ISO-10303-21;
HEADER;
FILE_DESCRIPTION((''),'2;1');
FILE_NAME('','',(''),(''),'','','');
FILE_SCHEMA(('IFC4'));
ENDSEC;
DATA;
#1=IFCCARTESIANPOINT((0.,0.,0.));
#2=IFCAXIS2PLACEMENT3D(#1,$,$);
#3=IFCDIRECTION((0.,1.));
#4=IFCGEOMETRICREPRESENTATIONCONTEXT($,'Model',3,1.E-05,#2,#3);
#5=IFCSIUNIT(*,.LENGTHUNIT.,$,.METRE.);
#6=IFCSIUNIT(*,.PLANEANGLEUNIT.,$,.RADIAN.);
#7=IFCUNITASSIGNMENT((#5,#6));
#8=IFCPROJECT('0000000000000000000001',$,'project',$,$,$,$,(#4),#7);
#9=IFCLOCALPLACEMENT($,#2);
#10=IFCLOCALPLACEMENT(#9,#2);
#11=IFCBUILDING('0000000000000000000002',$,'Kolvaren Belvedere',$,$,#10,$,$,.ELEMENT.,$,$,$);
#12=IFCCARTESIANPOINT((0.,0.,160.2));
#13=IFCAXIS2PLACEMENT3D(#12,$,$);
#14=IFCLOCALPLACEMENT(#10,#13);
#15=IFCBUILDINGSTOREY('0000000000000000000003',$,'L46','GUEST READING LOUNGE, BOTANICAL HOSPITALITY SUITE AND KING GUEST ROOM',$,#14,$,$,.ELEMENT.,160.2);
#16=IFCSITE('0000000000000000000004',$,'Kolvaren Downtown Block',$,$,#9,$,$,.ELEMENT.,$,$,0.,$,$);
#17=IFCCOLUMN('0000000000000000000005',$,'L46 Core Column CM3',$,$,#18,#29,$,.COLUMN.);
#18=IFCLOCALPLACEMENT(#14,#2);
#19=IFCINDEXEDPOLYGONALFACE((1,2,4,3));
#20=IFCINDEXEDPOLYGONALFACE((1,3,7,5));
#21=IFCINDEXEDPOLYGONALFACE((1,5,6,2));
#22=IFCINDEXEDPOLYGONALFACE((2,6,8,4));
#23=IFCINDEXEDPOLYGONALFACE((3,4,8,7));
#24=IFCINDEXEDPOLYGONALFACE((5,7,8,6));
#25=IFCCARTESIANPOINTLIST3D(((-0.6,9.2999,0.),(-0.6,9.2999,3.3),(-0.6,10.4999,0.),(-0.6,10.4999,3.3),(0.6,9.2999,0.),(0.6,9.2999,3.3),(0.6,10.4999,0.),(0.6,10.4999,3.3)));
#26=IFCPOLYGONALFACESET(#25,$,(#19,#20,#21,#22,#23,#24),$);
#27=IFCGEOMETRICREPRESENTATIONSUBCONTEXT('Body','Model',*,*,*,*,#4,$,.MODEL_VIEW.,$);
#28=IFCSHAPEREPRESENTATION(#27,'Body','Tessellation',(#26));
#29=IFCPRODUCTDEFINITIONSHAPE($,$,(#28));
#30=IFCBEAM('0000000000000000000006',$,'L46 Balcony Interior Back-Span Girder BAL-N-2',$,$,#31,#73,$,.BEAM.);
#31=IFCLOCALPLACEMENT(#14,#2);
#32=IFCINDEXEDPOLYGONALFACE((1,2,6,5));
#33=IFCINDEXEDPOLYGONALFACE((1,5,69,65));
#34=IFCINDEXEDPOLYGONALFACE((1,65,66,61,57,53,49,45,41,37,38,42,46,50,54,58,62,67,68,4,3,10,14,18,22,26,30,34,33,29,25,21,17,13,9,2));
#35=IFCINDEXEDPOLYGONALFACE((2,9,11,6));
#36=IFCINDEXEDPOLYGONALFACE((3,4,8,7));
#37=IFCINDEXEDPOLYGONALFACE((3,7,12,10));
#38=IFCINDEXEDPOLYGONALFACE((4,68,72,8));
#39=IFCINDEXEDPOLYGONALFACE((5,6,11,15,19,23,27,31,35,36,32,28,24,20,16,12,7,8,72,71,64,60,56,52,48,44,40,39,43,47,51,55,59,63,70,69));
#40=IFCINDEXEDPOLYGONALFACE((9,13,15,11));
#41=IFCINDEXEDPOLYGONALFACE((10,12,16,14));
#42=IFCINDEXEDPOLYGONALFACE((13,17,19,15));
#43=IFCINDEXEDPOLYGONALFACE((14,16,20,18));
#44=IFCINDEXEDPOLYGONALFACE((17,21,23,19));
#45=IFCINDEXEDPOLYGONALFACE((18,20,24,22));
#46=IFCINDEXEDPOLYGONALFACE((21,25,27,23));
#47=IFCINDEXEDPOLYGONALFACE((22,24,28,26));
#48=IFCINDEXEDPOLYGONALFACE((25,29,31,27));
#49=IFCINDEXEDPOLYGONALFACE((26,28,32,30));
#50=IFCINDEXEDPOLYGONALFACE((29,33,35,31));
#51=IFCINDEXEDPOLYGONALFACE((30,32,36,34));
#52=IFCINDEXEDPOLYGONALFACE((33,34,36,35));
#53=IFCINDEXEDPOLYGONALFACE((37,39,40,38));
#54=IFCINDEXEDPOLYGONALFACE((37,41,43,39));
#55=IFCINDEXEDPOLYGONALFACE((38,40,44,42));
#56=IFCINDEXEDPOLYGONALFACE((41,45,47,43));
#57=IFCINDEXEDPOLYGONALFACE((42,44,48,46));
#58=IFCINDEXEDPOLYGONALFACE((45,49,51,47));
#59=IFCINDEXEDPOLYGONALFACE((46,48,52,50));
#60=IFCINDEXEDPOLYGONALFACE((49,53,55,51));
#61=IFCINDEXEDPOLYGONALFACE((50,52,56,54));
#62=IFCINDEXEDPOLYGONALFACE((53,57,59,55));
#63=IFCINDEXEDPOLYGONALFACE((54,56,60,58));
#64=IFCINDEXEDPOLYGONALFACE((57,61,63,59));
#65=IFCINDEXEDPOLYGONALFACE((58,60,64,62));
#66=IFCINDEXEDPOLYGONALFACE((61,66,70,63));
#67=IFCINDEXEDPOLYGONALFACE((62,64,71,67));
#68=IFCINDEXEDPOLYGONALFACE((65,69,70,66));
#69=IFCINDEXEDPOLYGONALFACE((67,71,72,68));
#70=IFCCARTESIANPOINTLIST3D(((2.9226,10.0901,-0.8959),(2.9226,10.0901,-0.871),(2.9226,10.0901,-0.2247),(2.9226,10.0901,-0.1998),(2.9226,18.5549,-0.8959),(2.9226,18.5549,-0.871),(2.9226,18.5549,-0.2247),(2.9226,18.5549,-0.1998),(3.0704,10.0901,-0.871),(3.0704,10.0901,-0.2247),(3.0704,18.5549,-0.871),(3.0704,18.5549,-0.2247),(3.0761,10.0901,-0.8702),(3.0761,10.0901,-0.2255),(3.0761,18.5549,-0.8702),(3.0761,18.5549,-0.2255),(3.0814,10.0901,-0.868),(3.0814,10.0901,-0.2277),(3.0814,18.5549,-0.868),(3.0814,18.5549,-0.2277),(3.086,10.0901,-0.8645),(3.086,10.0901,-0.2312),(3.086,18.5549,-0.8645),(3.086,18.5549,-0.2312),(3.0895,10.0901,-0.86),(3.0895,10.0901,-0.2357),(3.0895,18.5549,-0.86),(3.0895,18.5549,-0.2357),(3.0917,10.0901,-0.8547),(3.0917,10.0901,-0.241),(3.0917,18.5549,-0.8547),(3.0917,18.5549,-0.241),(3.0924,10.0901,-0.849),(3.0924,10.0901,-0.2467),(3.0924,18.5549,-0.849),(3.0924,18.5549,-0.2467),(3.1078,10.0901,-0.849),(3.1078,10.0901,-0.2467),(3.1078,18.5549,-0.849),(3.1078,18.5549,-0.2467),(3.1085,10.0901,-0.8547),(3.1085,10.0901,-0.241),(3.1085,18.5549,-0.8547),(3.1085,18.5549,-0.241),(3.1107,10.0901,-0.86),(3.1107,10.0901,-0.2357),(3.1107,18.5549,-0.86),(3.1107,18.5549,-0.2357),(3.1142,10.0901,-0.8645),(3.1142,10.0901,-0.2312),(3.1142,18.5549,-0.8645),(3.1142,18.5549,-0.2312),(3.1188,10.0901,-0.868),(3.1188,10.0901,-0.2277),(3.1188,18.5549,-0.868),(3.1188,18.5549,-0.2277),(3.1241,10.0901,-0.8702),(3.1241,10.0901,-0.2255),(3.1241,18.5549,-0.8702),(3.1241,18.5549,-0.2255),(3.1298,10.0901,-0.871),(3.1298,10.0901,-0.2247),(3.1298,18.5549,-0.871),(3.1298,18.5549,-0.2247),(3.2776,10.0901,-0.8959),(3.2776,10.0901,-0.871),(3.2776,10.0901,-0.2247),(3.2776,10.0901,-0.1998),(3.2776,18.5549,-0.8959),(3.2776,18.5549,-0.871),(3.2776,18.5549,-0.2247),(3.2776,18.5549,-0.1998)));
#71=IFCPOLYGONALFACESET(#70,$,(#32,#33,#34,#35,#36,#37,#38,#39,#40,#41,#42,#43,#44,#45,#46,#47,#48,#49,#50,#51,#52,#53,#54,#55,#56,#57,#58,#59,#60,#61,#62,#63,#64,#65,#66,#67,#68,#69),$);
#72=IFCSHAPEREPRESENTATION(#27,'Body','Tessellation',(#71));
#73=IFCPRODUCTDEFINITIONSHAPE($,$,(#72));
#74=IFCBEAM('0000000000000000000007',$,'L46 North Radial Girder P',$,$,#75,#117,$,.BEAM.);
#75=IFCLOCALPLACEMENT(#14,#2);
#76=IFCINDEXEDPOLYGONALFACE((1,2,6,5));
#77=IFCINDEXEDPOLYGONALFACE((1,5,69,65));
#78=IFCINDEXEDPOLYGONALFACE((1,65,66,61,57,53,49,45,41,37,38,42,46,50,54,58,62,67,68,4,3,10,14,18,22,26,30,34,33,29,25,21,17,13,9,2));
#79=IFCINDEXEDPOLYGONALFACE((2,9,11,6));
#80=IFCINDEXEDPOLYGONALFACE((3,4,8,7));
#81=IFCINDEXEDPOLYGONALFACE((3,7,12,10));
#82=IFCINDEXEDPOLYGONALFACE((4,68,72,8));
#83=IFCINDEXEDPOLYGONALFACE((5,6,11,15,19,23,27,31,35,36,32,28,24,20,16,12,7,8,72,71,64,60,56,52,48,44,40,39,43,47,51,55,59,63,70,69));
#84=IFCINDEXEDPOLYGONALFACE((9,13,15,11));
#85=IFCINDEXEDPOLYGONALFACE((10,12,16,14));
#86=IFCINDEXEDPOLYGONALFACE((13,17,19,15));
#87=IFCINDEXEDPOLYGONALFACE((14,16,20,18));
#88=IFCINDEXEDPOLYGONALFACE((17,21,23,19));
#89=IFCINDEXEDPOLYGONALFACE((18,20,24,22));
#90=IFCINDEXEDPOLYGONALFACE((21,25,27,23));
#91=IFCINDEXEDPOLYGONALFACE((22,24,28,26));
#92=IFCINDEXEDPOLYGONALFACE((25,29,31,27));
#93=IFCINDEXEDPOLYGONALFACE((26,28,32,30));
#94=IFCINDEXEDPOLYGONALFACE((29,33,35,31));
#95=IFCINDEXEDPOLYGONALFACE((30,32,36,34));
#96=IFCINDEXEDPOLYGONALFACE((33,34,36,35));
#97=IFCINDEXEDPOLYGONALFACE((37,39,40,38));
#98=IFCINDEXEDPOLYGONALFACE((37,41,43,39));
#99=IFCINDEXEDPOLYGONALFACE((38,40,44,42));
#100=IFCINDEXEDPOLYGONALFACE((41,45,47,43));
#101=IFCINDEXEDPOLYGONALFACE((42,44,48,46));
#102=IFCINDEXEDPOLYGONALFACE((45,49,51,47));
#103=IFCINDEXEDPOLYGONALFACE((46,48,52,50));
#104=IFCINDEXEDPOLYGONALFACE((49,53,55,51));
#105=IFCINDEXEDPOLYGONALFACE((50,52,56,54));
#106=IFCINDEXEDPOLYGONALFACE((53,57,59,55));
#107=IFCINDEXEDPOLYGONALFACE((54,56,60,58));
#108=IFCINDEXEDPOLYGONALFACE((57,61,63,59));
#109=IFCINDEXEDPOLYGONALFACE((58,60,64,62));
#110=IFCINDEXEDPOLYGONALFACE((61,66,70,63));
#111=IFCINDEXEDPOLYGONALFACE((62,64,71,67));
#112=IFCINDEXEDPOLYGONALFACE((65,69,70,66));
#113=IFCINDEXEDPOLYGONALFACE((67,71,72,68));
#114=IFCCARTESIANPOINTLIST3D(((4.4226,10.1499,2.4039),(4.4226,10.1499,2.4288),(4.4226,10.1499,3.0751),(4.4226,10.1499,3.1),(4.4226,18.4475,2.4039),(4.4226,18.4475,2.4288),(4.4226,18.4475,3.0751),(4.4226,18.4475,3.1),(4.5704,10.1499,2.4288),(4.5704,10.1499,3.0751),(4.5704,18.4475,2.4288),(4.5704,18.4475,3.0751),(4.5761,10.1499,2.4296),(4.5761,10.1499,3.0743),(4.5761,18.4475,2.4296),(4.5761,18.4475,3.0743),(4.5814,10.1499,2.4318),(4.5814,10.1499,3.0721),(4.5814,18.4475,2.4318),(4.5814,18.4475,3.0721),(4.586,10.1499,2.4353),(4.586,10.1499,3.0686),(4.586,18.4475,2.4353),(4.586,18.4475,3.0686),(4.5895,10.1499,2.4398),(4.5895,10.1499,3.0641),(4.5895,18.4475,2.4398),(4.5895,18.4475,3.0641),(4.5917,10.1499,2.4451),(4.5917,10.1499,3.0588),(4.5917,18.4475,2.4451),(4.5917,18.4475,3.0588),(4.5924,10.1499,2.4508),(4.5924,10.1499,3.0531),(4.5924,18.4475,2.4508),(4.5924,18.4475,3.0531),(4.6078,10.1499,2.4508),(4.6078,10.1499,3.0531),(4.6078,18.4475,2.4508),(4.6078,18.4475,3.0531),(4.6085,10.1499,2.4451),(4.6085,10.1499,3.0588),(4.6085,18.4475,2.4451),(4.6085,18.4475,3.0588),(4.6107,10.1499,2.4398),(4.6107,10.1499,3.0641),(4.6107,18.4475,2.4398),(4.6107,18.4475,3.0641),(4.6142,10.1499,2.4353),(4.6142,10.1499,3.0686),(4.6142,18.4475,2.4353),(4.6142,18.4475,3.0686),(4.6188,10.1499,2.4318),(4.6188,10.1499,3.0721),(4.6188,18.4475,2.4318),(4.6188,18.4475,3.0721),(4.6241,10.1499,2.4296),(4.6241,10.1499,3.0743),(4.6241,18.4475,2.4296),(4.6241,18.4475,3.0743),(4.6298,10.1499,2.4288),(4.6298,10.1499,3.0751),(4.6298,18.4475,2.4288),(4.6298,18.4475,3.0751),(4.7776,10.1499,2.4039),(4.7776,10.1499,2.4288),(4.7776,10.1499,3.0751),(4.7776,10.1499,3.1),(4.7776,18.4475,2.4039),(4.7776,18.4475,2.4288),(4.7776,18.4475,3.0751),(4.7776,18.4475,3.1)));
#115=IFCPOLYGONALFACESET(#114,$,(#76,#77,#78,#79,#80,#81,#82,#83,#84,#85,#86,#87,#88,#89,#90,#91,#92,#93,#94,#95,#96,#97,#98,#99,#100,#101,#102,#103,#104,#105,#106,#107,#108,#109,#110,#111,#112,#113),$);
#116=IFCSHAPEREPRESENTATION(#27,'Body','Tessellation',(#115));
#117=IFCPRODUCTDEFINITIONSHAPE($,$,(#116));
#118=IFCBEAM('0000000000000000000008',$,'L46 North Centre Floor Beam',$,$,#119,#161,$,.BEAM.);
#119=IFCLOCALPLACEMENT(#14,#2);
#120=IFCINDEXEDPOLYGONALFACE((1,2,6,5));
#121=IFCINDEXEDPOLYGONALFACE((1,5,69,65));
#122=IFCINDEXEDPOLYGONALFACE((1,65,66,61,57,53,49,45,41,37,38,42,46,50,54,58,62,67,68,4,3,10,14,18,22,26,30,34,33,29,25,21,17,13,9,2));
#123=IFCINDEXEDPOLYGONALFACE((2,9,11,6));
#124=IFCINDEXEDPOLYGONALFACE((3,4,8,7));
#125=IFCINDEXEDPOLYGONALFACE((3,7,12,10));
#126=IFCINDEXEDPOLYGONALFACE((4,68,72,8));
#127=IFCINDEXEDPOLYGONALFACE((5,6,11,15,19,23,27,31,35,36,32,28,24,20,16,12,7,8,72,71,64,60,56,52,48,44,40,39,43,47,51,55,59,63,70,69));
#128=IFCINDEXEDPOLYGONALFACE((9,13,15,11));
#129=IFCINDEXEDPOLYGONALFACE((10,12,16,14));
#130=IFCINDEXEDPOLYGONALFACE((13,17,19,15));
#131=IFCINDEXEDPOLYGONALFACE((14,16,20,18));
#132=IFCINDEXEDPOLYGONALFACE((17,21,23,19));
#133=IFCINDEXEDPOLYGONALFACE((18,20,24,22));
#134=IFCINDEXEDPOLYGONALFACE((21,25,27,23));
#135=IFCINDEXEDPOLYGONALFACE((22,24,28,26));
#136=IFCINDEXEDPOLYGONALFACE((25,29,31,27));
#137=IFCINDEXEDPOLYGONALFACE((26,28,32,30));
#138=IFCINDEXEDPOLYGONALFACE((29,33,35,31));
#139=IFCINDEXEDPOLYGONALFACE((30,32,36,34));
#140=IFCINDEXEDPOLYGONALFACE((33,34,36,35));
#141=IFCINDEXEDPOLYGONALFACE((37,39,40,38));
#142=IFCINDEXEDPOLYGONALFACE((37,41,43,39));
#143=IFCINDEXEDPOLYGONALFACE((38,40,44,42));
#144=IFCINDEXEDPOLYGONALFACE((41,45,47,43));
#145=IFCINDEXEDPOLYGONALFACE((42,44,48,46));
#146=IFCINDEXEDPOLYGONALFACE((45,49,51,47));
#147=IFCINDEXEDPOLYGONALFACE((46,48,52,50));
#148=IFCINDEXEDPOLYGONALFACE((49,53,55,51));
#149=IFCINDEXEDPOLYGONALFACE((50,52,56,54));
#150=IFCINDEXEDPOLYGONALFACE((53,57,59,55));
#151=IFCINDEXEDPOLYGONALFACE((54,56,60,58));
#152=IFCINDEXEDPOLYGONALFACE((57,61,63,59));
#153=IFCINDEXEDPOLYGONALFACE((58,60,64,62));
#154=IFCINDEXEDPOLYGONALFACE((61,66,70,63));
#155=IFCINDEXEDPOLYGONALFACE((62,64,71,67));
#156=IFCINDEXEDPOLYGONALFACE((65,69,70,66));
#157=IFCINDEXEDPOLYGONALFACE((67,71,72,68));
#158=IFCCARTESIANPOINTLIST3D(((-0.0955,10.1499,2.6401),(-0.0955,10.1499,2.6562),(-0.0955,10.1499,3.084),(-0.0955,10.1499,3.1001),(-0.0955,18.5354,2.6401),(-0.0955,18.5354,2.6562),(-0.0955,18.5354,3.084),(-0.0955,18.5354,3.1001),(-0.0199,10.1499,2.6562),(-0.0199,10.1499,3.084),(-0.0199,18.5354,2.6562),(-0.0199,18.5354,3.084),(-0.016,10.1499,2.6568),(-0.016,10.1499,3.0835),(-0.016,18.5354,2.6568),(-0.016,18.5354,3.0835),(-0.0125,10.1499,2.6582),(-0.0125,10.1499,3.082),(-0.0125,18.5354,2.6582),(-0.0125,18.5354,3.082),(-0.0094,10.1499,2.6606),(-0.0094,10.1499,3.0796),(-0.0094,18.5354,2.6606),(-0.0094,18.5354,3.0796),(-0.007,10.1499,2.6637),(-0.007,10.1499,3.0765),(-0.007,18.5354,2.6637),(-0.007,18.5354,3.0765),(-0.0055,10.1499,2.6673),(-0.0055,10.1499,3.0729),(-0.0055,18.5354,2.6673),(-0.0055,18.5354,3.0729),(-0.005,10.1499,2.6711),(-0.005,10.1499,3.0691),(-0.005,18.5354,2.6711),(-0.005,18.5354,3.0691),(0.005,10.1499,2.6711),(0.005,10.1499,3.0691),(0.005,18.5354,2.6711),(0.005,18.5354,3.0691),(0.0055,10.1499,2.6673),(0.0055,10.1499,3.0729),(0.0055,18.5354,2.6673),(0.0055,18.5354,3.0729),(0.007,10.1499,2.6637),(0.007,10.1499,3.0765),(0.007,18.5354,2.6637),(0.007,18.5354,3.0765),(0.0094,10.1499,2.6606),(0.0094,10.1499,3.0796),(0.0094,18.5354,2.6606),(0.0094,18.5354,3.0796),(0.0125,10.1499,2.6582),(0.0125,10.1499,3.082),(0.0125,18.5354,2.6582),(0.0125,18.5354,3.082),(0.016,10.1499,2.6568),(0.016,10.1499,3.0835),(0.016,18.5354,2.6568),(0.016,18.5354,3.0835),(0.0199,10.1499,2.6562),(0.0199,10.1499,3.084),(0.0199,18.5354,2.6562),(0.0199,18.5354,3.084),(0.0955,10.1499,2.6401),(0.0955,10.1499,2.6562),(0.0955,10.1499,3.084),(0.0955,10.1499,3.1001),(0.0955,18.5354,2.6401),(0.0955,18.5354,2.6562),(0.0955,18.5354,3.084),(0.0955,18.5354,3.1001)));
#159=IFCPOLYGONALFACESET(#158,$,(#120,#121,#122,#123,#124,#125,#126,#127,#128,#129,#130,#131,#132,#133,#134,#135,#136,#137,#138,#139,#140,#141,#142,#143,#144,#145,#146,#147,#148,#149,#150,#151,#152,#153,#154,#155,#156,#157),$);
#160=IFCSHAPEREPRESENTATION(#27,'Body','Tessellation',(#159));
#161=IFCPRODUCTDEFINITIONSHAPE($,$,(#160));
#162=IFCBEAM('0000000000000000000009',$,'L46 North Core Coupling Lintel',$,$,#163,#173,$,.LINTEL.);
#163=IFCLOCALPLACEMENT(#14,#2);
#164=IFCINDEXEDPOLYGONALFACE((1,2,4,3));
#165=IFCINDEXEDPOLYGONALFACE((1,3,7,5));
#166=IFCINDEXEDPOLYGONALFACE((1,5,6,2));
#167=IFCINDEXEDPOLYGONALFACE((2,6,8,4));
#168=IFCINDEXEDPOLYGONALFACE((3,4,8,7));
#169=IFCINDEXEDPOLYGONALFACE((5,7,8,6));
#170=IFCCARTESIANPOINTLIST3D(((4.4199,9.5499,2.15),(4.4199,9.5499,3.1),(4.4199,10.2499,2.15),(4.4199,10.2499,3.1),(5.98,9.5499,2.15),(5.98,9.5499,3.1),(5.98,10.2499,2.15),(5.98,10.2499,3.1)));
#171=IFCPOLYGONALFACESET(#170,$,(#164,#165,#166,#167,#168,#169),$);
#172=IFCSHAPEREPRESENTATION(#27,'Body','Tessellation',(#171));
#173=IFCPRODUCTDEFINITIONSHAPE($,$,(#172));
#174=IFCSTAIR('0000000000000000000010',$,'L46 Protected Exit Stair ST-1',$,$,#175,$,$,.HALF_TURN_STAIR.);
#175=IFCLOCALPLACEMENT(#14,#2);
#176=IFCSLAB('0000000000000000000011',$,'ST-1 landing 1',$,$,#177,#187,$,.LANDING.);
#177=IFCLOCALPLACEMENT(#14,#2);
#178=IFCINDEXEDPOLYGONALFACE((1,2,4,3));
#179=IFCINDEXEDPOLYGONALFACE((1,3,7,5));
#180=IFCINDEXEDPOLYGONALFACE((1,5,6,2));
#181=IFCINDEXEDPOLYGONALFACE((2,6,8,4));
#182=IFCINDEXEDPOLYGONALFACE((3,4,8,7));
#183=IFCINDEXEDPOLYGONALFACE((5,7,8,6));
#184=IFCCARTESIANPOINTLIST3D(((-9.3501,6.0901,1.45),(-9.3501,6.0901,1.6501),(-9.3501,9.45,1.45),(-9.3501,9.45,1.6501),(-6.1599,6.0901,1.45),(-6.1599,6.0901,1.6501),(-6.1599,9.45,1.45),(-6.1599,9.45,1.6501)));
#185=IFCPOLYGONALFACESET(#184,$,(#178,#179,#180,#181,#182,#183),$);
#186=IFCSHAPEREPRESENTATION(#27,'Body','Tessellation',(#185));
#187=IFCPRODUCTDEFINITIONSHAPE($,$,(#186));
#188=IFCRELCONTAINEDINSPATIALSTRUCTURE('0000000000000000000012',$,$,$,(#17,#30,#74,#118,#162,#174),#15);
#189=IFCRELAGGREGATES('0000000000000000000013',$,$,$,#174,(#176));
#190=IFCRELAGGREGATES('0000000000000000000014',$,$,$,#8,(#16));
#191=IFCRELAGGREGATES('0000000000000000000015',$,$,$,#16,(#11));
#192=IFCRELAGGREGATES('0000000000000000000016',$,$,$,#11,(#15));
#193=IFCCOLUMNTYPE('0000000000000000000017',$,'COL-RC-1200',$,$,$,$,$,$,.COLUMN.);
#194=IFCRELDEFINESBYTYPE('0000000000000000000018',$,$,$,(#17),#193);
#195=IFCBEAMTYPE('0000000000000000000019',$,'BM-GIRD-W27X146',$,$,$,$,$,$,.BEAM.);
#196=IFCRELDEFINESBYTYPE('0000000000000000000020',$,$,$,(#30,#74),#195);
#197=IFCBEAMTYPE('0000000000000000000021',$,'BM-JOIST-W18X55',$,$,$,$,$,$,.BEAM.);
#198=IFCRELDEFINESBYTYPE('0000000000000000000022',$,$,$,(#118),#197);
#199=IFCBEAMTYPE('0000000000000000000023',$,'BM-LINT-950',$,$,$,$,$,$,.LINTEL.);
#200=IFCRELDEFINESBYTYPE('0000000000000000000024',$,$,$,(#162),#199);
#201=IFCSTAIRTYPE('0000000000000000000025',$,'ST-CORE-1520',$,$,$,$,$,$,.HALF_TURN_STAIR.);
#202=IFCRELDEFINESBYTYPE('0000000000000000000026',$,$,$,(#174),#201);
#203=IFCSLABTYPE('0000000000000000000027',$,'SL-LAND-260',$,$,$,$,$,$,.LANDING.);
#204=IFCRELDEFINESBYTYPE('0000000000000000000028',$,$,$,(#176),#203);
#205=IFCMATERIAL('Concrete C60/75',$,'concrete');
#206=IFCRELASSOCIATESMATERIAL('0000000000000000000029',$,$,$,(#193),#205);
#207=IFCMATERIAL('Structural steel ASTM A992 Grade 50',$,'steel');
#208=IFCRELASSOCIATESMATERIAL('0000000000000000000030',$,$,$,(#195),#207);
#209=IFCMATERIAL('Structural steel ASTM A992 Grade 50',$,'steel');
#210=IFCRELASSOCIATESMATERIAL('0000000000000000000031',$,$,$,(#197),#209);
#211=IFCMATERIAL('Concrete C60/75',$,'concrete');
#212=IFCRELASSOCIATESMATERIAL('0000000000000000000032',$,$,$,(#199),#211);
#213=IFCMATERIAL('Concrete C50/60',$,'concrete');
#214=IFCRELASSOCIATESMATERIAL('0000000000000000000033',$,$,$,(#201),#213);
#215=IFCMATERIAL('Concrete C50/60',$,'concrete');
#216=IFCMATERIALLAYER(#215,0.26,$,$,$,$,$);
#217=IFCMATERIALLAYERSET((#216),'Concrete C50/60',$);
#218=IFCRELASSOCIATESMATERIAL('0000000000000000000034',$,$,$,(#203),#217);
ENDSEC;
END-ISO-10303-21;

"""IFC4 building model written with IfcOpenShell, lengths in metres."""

from ifc_helpers import new_model, si_unit, direction, frame, origin, origin_2d, place, context, subcontext, project, spatial, polyline, rectangle, i_section, outline, extrude, material, layer, layer_set, material_profile, profile_set, type_object, element, aggregate, save


model = new_model("IFC4")

# Units and contexts
model_context = context("Model", 3, precision=1e-05, world=origin(), true_north=direction((0.0, 1.0)))
body_context = subcontext(model_context, "Body", "Model", "MODEL_VIEW")
ifc_project = project(units=[si_unit("LENGTHUNIT", "METRE"), si_unit("PLANEANGLEUNIT", "RADIAN")], contexts=[model_context])

# Site, building, storey
site_placement = place(None, origin())
site = spatial("IfcSite", under=ifc_project, at=site_placement, Name="Kolvaren Downtown Block", CompositionType="ELEMENT", RefElevation=0.0)
building_placement = place(site_placement, origin())
building = spatial("IfcBuilding", under=site, at=building_placement, Name="Kolvaren Belvedere", CompositionType="ELEMENT")
storey_placement = place(building_placement, frame((0.0, 0.0, 160.2)))
storey = spatial("IfcBuildingStorey", under=building, at=storey_placement, Name="L46", Description="GUEST READING LOUNGE, BOTANICAL HOSPITALITY SUITE AND KING GUEST ROOM", CompositionType="ELEMENT", Elevation=160.2)

# Column
ifc_material_1 = material(Name="Concrete C60/75", Category="concrete")
ifc_material_profile_1 = material_profile(ifc_material_1, rectangle(XDim=1.2, YDim=1.2, at=origin_2d()), Name="RC 1200X1200")
ifc_profile_set_1 = profile_set([ifc_material_profile_1], Name="Concrete C60/75")
column_type = type_object("IfcColumnType", Name="COL-RC-1200", PredefinedType="COLUMN", material=ifc_profile_set_1)
column_placement = place(storey_placement, frame((0.0, 9.8999, 0.0), z_axis=(0.0, 0.0, 1.0), x_axis=(1.0, 0.0, 0.0)))
element("IfcColumn", 1, at=column_placement, inside=storey, type_object=column_type, Name="L46 Core Column CM3", PredefinedType="COLUMN", context=body_context, shape_type="SweptSolid", body=[
    extrude(rectangle(XDim=1.2, YDim=1.2, at=origin_2d()), origin(), (0.0, 0.0, 1.0), 3.3),
])

# Beams
ifc_material_2 = material(Name="Structural steel ASTM A992 Grade 50", Category="steel")
ifc_material_profile_2 = material_profile(ifc_material_2, i_section(OverallWidth=0.355, OverallDepth=0.696, WebThickness=0.0154, FlangeThickness=0.0249, FilletRadius=0.022, at=origin_2d()), Name="W27X146")
ifc_profile_set_2 = profile_set([ifc_material_profile_2], Name="Structural steel ASTM A992 Grade 50")
beam_type_1 = type_object("IfcBeamType", Name="BM-GIRD-W27X146", PredefinedType="BEAM", material=ifc_profile_set_2)
beam_1_placement = place(storey_placement, frame((3.1001, 10.0901, -0.5479), z_axis=(0.0, 1.0, 0.0), x_axis=(-1.0, 0.0, 0.0)))
element("IfcBeam", 2, at=beam_1_placement, inside=storey, type_object=beam_type_1, Name="L46 Balcony Interior Back-Span Girder BAL-N-2", PredefinedType="BEAM", context=body_context, shape_type="SweptSolid", body=[
    extrude(i_section(OverallWidth=0.355, OverallDepth=0.696, WebThickness=0.0154, FlangeThickness=0.0249, FilletRadius=0.022, at=origin_2d()), origin(), (0.0, 0.0, 1.0), 8.4648),
])
beam_2_placement = place(storey_placement, frame((4.6001, 10.1499, 2.752), z_axis=(0.0, 1.0, 0.0), x_axis=(-1.0, 0.0, 0.0)))
element("IfcBeam", 3, at=beam_2_placement, inside=storey, type_object=beam_type_1, Name="L46 North Radial Girder P", PredefinedType="BEAM", context=body_context, shape_type="SweptSolid", body=[
    extrude(i_section(OverallWidth=0.355, OverallDepth=0.696, WebThickness=0.0154, FlangeThickness=0.0249, FilletRadius=0.022, at=origin_2d()), origin(), (0.0, 0.0, 1.0), 8.2976),
])
ifc_material_3 = material(Name="Structural steel ASTM A992 Grade 50", Category="steel")
ifc_material_profile_3 = material_profile(ifc_material_3, i_section(OverallWidth=0.1909, OverallDepth=0.46, WebThickness=0.01, FlangeThickness=0.0161, FilletRadius=0.0149, at=origin_2d()), Name="W18X55")
ifc_profile_set_3 = profile_set([ifc_material_profile_3], Name="Structural steel ASTM A992 Grade 50")
beam_type_2 = type_object("IfcBeamType", Name="BM-JOIST-W18X55", PredefinedType="BEAM", material=ifc_profile_set_3)
beam_3_placement = place(storey_placement, frame((0.0, 10.1499, 2.8701), z_axis=(0.0, 1.0, 0.0), x_axis=(-1.0, 0.0, 0.0)))
element("IfcBeam", 4, at=beam_3_placement, inside=storey, type_object=beam_type_2, Name="L46 North Centre Floor Beam", PredefinedType="BEAM", context=body_context, shape_type="SweptSolid", body=[
    extrude(i_section(OverallWidth=0.1909, OverallDepth=0.46, WebThickness=0.01, FlangeThickness=0.0161, FilletRadius=0.0149, at=origin_2d()), origin(), (0.0, 0.0, 1.0), 8.3855),
])
ifc_material_4 = material(Name="Concrete C60/75", Category="concrete")
ifc_material_profile_4 = material_profile(ifc_material_4, rectangle(XDim=0.7, YDim=0.95, at=origin_2d()), Name="RC 700X950")
ifc_profile_set_4 = profile_set([ifc_material_profile_4], Name="Concrete C60/75")
beam_type_3 = type_object("IfcBeamType", Name="BM-LINT-950", PredefinedType="LINTEL", material=ifc_profile_set_4)
beam_4_placement = place(storey_placement, frame((4.4199, 9.8999, 2.625), z_axis=(1.0, 0.0, 0.0), x_axis=(0.0, 1.0, 0.0)))
element("IfcBeam", 5, at=beam_4_placement, inside=storey, type_object=beam_type_3, Name="L46 North Core Coupling Lintel", PredefinedType="LINTEL", context=body_context, shape_type="SweptSolid", body=[
    extrude(rectangle(XDim=0.7, YDim=0.95, at=origin_2d()), origin(), (0.0, 0.0, 1.0), 1.5601),
])

# Stair, slab
ifc_material_5 = material(Name="Concrete C50/60", Category="concrete")
stair_type = type_object("IfcStairType", Name="ST-CORE-1520", PredefinedType="HALF_TURN_STAIR", material=ifc_material_5)
stair_1_placement = place(storey_placement, origin())
stair_1 = element("IfcStair", 6, at=stair_1_placement, inside=storey, type_object=stair_type, Name="L46 Protected Exit Stair ST-1", PredefinedType="HALF_TURN_STAIR")
ifc_material_6 = material(Name="Concrete C50/60", Category="concrete")
ifc_layer_1 = layer(ifc_material_6, 0.26)
ifc_layer_set_1 = layer_set([ifc_layer_1], Name="Concrete C50/60")
slab_type = type_object("IfcSlabType", Name="SL-LAND-260", PredefinedType="LANDING", material=ifc_layer_set_1)
slab_1_placement = place(storey_placement, frame((0.0, 0.0, 1.45)))
slab_1 = element("IfcSlab", 7, at=slab_1_placement, type_object=slab_type, Name="ST-1 landing 1", PredefinedType="LANDING", context=body_context, shape_type="SweptSolid", body=[
    extrude(outline(polyline([(-6.1599, 6.0901), (-6.1599, 9.45), (-9.3501, 9.45), (-9.3501, 6.0901), (-6.1599, 6.0901)])), origin(), (0.0, 0.0, 1.0), 0.2002),
])
aggregate(stair_1, [slab_1])

save(model, "model.ifc")
